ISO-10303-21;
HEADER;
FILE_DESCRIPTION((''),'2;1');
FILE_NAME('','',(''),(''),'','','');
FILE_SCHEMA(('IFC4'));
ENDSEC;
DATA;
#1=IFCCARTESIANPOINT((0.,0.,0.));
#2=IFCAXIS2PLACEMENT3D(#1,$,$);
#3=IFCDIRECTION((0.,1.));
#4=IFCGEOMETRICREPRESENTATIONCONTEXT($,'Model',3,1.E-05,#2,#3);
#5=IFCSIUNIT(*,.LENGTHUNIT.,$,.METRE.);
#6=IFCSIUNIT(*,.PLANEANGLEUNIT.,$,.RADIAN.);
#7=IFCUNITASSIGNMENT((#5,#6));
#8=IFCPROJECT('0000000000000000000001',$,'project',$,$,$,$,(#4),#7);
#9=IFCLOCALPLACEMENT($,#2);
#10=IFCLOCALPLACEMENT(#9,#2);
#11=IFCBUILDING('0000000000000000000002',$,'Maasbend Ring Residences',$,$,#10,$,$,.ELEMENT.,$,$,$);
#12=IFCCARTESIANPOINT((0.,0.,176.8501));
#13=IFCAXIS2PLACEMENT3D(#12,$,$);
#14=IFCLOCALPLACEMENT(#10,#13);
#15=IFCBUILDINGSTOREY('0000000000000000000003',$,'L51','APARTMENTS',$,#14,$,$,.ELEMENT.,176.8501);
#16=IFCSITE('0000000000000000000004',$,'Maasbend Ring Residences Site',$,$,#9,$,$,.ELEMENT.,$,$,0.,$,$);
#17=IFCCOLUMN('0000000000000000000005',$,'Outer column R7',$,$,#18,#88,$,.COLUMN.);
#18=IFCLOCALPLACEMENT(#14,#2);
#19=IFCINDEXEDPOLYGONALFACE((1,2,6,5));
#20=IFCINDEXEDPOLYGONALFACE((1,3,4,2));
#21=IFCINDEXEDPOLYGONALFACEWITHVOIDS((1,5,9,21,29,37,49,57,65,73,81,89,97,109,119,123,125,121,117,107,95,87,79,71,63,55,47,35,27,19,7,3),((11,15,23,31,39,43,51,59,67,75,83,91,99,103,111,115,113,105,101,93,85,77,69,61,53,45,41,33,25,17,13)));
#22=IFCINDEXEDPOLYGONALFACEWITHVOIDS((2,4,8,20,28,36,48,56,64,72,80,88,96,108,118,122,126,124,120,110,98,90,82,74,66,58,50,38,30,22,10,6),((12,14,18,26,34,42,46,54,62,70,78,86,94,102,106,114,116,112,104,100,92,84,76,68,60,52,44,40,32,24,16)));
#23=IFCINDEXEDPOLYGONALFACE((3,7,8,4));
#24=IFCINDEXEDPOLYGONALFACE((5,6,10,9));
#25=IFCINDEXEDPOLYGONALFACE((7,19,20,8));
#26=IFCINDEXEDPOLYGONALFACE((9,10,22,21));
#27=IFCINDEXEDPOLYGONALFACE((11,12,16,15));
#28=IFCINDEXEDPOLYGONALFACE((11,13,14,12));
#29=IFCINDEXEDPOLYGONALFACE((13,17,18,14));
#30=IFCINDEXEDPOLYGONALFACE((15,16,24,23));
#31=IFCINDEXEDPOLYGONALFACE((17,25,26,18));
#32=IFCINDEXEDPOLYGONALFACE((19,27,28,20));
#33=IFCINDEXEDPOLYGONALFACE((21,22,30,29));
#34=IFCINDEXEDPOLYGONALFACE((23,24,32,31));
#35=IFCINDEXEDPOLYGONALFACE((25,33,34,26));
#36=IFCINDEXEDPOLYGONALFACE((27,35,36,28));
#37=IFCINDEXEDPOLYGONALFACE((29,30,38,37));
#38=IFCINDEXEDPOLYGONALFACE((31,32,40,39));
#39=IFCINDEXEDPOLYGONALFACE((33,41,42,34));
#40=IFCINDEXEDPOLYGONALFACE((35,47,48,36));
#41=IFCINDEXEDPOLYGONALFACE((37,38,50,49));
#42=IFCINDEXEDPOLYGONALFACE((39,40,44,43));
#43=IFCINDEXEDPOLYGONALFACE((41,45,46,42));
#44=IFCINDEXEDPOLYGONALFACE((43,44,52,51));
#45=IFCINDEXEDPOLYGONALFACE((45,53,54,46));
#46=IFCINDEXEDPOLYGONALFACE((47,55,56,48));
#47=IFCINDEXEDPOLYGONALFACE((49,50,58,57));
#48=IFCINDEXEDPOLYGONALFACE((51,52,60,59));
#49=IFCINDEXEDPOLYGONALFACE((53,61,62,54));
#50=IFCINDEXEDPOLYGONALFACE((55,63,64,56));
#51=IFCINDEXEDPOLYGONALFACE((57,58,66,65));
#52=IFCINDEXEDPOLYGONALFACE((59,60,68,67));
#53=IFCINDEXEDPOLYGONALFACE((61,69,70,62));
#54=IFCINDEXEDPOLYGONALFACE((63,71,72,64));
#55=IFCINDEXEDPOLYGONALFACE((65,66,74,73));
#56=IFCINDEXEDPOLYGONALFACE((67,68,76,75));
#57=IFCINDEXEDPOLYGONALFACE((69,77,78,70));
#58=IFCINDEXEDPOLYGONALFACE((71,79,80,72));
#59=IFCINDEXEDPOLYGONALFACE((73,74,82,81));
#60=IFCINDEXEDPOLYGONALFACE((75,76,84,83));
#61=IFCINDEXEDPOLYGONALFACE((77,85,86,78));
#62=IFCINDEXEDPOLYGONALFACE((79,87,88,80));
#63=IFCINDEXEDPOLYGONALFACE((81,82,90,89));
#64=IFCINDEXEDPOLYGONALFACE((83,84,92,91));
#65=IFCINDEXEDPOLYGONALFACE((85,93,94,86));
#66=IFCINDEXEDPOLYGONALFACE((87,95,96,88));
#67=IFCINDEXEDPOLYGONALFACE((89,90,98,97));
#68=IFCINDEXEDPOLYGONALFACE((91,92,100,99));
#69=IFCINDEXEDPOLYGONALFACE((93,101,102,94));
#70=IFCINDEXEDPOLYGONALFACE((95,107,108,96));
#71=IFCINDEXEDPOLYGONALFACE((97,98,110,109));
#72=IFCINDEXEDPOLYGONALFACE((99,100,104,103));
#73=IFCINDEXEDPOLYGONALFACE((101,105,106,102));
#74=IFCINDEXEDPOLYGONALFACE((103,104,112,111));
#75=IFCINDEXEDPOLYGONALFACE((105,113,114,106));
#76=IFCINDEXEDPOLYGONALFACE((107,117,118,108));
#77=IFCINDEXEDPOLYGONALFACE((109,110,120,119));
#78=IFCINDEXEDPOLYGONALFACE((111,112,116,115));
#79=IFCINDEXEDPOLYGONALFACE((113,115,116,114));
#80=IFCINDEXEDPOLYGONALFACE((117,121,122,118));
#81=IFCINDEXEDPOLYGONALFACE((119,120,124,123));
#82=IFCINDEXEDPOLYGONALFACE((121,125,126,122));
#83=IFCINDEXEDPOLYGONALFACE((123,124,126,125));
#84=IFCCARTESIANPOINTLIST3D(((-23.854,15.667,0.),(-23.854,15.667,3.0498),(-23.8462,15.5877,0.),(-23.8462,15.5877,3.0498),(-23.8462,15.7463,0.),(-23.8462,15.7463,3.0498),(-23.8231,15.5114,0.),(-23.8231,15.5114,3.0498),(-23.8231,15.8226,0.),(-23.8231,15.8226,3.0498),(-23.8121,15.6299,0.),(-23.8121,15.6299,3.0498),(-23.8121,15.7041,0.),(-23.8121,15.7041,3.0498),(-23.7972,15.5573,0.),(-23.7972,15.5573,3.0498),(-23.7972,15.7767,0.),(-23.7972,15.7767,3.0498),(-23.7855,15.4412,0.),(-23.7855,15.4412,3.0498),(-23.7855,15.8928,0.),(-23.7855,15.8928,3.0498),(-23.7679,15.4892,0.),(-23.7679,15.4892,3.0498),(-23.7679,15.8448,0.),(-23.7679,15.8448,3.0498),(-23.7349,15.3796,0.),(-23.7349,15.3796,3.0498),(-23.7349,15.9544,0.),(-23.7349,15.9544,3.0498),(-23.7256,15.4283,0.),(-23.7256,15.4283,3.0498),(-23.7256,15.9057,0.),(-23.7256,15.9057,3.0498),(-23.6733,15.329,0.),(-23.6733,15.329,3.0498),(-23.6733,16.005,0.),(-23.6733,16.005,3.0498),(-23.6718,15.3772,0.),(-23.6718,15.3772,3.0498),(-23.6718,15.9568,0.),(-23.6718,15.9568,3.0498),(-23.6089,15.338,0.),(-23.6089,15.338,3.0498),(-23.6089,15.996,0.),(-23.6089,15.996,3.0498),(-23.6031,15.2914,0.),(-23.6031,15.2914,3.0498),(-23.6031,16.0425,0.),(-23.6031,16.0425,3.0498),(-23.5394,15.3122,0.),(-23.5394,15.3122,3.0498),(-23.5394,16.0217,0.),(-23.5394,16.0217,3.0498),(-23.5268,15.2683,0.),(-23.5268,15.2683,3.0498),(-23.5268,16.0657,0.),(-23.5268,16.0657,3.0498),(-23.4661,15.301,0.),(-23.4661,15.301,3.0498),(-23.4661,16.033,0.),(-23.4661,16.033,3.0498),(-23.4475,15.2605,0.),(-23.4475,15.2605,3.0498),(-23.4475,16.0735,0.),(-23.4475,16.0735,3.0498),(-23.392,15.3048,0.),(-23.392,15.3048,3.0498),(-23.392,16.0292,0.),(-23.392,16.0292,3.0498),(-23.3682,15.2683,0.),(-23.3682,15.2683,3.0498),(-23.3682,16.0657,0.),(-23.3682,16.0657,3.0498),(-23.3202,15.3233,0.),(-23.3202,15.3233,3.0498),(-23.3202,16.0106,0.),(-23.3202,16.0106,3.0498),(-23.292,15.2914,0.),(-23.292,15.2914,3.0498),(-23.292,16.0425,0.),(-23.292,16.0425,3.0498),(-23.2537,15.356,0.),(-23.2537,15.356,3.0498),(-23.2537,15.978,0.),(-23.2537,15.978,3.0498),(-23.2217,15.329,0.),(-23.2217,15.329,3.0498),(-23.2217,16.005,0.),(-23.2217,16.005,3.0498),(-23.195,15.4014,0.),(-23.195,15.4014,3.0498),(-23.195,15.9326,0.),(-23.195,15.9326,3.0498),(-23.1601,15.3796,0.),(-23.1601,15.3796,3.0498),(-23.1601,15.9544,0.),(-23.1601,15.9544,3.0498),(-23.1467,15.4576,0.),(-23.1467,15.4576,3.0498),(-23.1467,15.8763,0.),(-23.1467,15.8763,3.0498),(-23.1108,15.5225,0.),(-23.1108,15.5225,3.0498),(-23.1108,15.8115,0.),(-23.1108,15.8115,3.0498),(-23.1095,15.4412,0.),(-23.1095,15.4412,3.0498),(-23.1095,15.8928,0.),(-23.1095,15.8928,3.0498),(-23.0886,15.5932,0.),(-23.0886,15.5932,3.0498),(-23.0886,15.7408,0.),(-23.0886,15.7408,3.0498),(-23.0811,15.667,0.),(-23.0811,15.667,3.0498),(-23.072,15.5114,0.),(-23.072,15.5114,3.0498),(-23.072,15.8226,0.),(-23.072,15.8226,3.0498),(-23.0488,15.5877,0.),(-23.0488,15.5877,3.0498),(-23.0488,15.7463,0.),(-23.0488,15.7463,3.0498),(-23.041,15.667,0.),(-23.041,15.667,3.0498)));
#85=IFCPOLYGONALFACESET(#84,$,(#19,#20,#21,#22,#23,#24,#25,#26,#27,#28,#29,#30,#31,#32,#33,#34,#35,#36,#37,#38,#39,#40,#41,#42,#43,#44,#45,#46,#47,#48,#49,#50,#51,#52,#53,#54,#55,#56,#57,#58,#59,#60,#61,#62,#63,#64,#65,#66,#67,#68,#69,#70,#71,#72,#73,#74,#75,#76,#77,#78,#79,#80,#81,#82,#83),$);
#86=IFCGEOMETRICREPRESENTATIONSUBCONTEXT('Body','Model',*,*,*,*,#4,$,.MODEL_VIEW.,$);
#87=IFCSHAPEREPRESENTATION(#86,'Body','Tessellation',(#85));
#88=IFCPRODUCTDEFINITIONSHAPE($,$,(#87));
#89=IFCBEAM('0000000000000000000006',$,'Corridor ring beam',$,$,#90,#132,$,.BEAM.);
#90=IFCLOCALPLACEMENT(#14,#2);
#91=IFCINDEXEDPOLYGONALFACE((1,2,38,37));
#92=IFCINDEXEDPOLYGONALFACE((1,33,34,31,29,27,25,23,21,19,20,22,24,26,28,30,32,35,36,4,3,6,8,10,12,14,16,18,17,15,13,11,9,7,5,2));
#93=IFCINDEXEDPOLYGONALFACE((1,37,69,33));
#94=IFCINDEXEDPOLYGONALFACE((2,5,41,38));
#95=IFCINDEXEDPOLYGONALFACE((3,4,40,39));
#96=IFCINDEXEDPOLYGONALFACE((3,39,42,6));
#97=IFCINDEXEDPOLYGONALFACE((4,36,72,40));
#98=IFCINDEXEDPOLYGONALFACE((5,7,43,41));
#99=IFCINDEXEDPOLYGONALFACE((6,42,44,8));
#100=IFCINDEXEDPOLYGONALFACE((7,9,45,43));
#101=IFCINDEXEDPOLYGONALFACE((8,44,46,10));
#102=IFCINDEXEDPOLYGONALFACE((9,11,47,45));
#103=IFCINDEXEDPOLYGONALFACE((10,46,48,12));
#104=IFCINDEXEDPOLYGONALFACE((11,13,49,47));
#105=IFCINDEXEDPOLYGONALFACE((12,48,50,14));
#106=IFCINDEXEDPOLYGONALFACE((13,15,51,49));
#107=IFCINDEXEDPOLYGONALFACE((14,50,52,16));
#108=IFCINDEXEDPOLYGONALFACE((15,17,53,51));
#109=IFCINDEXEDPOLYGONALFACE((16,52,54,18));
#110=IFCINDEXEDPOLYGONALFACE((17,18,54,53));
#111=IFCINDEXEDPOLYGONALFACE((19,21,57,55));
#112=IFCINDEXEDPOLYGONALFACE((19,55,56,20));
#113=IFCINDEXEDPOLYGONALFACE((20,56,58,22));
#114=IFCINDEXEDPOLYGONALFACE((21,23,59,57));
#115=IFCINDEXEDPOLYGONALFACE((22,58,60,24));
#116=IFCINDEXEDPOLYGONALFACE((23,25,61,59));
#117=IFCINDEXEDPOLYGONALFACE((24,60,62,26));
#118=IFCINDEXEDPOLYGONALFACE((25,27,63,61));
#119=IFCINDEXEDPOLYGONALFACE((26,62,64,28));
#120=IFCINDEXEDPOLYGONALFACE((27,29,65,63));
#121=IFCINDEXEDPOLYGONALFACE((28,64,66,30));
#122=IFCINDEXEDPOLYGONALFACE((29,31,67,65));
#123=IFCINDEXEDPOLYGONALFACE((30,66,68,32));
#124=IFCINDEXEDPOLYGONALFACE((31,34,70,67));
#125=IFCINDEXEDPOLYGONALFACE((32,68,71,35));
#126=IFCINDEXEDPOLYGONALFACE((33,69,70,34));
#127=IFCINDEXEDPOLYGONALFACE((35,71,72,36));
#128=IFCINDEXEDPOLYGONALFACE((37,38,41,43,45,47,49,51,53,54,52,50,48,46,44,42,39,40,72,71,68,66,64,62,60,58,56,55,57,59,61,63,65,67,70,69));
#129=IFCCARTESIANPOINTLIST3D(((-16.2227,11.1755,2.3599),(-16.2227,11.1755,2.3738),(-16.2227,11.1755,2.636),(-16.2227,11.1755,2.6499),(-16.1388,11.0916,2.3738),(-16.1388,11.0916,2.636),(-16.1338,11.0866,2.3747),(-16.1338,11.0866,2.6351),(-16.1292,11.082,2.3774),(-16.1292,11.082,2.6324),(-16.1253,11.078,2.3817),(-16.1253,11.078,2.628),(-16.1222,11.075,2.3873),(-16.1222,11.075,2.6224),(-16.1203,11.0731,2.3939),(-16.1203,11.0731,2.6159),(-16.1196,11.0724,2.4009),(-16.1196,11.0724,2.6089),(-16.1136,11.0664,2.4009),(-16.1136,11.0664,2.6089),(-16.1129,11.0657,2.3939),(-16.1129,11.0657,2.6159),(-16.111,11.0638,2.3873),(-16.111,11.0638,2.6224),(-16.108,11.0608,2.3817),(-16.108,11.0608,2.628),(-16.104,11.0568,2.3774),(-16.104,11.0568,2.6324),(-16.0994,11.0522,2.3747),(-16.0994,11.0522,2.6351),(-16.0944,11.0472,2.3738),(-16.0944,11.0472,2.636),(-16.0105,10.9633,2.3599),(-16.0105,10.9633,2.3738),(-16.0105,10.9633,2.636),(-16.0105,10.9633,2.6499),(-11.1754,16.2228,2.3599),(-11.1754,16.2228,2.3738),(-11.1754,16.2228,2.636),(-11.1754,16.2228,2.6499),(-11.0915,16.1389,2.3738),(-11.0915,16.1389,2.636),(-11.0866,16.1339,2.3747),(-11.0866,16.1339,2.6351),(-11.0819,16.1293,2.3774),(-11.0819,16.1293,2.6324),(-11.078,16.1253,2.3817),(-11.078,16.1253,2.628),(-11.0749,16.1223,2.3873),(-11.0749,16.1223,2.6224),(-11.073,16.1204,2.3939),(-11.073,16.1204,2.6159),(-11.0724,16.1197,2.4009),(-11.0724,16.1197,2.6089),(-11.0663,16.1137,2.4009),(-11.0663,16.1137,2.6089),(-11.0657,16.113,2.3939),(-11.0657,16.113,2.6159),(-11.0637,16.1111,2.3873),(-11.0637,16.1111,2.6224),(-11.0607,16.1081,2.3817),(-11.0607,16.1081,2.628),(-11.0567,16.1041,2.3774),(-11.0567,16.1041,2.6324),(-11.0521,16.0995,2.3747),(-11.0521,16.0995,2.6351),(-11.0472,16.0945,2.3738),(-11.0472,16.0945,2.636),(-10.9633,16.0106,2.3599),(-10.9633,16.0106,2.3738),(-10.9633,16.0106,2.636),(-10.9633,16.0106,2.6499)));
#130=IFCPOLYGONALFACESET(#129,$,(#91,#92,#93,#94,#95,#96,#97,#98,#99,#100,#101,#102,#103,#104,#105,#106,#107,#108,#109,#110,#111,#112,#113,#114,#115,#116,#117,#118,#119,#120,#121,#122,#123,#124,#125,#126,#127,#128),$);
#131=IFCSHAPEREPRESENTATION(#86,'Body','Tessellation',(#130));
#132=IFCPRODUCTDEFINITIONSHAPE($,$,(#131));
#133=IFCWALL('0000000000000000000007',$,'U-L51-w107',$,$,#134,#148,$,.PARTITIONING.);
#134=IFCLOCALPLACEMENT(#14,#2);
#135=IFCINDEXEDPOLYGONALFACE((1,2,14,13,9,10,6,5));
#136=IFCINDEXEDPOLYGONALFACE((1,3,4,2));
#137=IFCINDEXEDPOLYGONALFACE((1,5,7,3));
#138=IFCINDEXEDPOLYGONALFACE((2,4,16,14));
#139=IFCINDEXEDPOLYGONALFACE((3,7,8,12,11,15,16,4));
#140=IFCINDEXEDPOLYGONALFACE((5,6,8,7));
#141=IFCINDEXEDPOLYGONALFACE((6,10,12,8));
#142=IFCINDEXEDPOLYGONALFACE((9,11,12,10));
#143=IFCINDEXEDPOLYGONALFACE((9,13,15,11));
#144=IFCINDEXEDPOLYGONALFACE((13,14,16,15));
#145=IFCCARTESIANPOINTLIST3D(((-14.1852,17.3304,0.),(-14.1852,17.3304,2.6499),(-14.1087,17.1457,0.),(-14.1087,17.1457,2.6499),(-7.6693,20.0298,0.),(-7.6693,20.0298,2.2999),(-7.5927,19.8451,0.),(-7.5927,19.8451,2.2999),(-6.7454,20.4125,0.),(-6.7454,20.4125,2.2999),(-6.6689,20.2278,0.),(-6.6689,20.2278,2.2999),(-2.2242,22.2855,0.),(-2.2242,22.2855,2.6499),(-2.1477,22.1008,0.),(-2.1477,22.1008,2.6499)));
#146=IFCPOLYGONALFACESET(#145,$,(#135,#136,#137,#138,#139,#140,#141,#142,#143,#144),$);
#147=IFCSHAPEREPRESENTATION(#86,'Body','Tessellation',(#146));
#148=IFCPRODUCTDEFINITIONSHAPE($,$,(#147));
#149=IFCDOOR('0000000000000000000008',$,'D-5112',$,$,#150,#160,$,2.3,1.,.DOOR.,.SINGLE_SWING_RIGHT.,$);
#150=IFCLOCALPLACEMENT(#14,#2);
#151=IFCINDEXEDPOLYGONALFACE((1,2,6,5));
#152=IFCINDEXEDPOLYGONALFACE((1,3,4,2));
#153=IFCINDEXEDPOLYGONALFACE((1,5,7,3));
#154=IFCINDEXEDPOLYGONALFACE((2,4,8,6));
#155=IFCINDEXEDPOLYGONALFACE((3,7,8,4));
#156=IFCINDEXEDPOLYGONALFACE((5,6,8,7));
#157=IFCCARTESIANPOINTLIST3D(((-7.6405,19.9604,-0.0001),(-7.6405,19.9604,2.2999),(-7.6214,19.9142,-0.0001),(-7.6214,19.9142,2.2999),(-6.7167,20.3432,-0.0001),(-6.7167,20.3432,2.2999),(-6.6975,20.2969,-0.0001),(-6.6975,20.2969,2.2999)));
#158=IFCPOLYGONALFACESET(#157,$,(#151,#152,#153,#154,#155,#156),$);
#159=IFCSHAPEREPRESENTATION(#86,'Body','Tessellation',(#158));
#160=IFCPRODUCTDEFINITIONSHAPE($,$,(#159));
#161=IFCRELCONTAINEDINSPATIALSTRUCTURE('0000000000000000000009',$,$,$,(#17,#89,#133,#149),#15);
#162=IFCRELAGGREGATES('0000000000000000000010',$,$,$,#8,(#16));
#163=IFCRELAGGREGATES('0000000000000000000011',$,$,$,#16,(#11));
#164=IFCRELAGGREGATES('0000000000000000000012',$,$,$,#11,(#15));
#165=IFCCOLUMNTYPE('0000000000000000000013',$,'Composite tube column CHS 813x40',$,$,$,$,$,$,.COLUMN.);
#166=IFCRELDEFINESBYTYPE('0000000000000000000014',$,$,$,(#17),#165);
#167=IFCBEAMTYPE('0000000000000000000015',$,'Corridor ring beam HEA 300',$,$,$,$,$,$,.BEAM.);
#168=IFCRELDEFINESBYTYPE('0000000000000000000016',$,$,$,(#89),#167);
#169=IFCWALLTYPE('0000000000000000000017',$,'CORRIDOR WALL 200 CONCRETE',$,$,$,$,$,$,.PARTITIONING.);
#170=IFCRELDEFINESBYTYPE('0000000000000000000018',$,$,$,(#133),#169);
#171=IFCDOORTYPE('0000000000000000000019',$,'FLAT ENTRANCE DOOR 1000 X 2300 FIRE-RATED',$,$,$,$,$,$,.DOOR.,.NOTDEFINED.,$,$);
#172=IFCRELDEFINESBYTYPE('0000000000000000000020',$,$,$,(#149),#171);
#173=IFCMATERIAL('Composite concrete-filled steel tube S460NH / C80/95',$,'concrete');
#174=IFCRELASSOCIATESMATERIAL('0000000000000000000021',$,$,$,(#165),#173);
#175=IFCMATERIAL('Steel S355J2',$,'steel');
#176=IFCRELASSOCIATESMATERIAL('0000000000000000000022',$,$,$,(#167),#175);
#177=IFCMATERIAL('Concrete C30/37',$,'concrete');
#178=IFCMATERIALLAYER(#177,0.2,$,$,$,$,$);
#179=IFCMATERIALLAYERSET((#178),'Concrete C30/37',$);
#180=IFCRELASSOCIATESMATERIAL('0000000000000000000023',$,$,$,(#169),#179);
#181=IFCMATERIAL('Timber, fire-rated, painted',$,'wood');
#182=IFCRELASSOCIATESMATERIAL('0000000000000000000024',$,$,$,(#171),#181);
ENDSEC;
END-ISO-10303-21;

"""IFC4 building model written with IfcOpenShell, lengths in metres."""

from ifc_helpers import new_model, si_unit, direction, frame, frame_2d, origin, origin_2d, place, context, subcontext, project, spatial, rectangle, hollow_circle, i_section, extrude, material, layer, layer_set, material_profile, profile_set, type_object, element, fill, save


model = new_model("IFC4")

# Units and contexts
model_context = context("Model", 3, precision=1e-05, world=origin(), true_north=direction((0.0, 1.0)))
body_context = subcontext(model_context, "Body", "Model", "MODEL_VIEW")
ifc_project = project(units=[si_unit("LENGTHUNIT", "METRE"), si_unit("PLANEANGLEUNIT", "RADIAN")], contexts=[model_context])

# Site, building, storey
site_placement = place(None, origin())
site = spatial("IfcSite", under=ifc_project, at=site_placement, Name="Maasbend Ring Residences Site", CompositionType="ELEMENT", RefElevation=0.0)
building_placement = place(site_placement, origin())
building = spatial("IfcBuilding", under=site, at=building_placement, Name="Maasbend Ring Residences", CompositionType="ELEMENT")
storey_placement = place(building_placement, frame((0.0, 0.0, 176.8501)))
storey = spatial("IfcBuildingStorey", under=building, at=storey_placement, Name="L51", Description="APARTMENTS", CompositionType="ELEMENT", Elevation=176.8501)

# Column
ifc_material_1 = material(Name="Composite concrete-filled steel tube S460NH / C80/95", Category="concrete")
ifc_material_profile_1 = material_profile(ifc_material_1, hollow_circle(Radius=0.4065, WallThickness=0.04, at=origin_2d()), Name="Composite tube column CHS 813x40")
ifc_profile_set_1 = profile_set([ifc_material_profile_1], Name="Composite concrete-filled steel tube S460NH / C80/95")
column_type = type_object("IfcColumnType", Name="Composite tube column CHS 813x40", PredefinedType="COLUMN", material=ifc_profile_set_1)
column_placement = place(storey_placement, frame((-23.4475, 15.667, 0.0), z_axis=(0.0, 0.0, 1.0), x_axis=(1.0, 0.0, 0.0)))
element("IfcColumn", 1, at=column_placement, inside=storey, type_object=column_type, Name="Outer column R7", PredefinedType="COLUMN", context=body_context, shape_type="SweptSolid", body=[
    extrude(hollow_circle(Radius=0.4065, WallThickness=0.04, at=origin_2d()), origin(), (0.0, 0.0, 1.0), 3.0498),
])

# Beam
ifc_material_2 = material(Name="Steel S355J2", Category="steel")
ifc_material_profile_2 = material_profile(ifc_material_2, i_section(OverallWidth=0.3, OverallDepth=0.29, WebThickness=0.0085, FlangeThickness=0.0139, FilletRadius=0.0271, at=origin_2d()), Name="HEA 300")
ifc_profile_set_2 = profile_set([ifc_material_profile_2], Name="Steel S355J2")
beam_type = type_object("IfcBeamType", Name="Corridor ring beam HEA 300", PredefinedType="BEAM", material=ifc_profile_set_2)
beam_placement = place(storey_placement, frame((-11.0693, 16.1167, 2.5049), z_axis=(-0.707107, -0.707107, 0.0), x_axis=(0.707107, -0.707107, 0.0)))
element("IfcBeam", 2, at=beam_placement, inside=storey, type_object=beam_type, Name="Corridor ring beam", PredefinedType="BEAM", context=body_context, shape_type="SweptSolid", body=[
    extrude(i_section(OverallWidth=0.3, OverallDepth=0.29, WebThickness=0.0085, FlangeThickness=0.0139, FilletRadius=0.0271, at=origin_2d()), origin(), (0.0, 0.0, 1.0), 7.1379),
])

# Wall, opening, door
ifc_material_3 = material(Name="Concrete C30/37", Category="concrete")
ifc_layer_1 = layer(ifc_material_3, 0.2)
ifc_layer_set_1 = layer_set([ifc_layer_1], Name="Concrete C30/37")
wall_type_1 = type_object("IfcWallType", Name="CORRIDOR WALL 200 CONCRETE", PredefinedType="PARTITIONING", material=ifc_layer_set_1)
wall_1_placement = place(storey_placement, frame((-14.147, 17.238, 0.0), z_axis=(0.0, 0.0, 1.0), x_axis=(0.923861, 0.382729, 0.0)))
wall_1 = element("IfcWall", 3, at=wall_1_placement, inside=storey, type_object=wall_type_1, Name="U-L51-w107", PredefinedType="PARTITIONING", context=body_context, shape_type="SweptSolid", body=[
    extrude(rectangle(XDim=12.9468, YDim=0.2, at=frame_2d((6.4734, 0.0))), origin(), (0.0, 0.0, 1.0), 2.6499),
])
opening_1_placement = place(wall_1_placement, frame((7.053, 0.0, 0.0)))
opening_1 = element("IfcOpeningElement", 4, at=opening_1_placement, cuts=wall_1, PredefinedType="OPENING", context=body_context, shape_type="SweptSolid", body=[
    extrude(rectangle(XDim=1.0, YDim=2.3, at=frame_2d((0.5, 1.1499))), frame((0.0, 0.1099, 0.0), z_axis=(0.0, -1.0, 0.0), x_axis=(1.0, 0.0, 0.0)), (0.0, 0.0, 1.0), 0.22),
])
ifc_material_4 = material(Name="Timber, fire-rated, painted", Category="wood")
door_type_1 = type_object("IfcDoorType", Name="FLAT ENTRANCE DOOR 1000 X 2300 FIRE-RATED", OperationType="NOTDEFINED", PredefinedType="DOOR", material=ifc_material_4)
door_1_placement = place(opening_1_placement, origin())
door_1 = element("IfcDoor", 5, at=door_1_placement, inside=storey, type_object=door_type_1, Name="D-5112", OperationType="SINGLE_SWING_RIGHT", OverallHeight=2.3, OverallWidth=1.0, PredefinedType="DOOR", context=body_context, shape_type="SweptSolid", body=[
    extrude(rectangle(XDim=1.0, YDim=2.3, at=frame_2d((0.5, 1.1499))), frame((0.0, 0.0249, 0.0), z_axis=(0.0, -1.0, 0.0), x_axis=(1.0, 0.0, 0.0)), (0.0, 0.0, 1.0), 0.05),
])
fill(opening_1, door_1)

save(model, "model.ifc")
